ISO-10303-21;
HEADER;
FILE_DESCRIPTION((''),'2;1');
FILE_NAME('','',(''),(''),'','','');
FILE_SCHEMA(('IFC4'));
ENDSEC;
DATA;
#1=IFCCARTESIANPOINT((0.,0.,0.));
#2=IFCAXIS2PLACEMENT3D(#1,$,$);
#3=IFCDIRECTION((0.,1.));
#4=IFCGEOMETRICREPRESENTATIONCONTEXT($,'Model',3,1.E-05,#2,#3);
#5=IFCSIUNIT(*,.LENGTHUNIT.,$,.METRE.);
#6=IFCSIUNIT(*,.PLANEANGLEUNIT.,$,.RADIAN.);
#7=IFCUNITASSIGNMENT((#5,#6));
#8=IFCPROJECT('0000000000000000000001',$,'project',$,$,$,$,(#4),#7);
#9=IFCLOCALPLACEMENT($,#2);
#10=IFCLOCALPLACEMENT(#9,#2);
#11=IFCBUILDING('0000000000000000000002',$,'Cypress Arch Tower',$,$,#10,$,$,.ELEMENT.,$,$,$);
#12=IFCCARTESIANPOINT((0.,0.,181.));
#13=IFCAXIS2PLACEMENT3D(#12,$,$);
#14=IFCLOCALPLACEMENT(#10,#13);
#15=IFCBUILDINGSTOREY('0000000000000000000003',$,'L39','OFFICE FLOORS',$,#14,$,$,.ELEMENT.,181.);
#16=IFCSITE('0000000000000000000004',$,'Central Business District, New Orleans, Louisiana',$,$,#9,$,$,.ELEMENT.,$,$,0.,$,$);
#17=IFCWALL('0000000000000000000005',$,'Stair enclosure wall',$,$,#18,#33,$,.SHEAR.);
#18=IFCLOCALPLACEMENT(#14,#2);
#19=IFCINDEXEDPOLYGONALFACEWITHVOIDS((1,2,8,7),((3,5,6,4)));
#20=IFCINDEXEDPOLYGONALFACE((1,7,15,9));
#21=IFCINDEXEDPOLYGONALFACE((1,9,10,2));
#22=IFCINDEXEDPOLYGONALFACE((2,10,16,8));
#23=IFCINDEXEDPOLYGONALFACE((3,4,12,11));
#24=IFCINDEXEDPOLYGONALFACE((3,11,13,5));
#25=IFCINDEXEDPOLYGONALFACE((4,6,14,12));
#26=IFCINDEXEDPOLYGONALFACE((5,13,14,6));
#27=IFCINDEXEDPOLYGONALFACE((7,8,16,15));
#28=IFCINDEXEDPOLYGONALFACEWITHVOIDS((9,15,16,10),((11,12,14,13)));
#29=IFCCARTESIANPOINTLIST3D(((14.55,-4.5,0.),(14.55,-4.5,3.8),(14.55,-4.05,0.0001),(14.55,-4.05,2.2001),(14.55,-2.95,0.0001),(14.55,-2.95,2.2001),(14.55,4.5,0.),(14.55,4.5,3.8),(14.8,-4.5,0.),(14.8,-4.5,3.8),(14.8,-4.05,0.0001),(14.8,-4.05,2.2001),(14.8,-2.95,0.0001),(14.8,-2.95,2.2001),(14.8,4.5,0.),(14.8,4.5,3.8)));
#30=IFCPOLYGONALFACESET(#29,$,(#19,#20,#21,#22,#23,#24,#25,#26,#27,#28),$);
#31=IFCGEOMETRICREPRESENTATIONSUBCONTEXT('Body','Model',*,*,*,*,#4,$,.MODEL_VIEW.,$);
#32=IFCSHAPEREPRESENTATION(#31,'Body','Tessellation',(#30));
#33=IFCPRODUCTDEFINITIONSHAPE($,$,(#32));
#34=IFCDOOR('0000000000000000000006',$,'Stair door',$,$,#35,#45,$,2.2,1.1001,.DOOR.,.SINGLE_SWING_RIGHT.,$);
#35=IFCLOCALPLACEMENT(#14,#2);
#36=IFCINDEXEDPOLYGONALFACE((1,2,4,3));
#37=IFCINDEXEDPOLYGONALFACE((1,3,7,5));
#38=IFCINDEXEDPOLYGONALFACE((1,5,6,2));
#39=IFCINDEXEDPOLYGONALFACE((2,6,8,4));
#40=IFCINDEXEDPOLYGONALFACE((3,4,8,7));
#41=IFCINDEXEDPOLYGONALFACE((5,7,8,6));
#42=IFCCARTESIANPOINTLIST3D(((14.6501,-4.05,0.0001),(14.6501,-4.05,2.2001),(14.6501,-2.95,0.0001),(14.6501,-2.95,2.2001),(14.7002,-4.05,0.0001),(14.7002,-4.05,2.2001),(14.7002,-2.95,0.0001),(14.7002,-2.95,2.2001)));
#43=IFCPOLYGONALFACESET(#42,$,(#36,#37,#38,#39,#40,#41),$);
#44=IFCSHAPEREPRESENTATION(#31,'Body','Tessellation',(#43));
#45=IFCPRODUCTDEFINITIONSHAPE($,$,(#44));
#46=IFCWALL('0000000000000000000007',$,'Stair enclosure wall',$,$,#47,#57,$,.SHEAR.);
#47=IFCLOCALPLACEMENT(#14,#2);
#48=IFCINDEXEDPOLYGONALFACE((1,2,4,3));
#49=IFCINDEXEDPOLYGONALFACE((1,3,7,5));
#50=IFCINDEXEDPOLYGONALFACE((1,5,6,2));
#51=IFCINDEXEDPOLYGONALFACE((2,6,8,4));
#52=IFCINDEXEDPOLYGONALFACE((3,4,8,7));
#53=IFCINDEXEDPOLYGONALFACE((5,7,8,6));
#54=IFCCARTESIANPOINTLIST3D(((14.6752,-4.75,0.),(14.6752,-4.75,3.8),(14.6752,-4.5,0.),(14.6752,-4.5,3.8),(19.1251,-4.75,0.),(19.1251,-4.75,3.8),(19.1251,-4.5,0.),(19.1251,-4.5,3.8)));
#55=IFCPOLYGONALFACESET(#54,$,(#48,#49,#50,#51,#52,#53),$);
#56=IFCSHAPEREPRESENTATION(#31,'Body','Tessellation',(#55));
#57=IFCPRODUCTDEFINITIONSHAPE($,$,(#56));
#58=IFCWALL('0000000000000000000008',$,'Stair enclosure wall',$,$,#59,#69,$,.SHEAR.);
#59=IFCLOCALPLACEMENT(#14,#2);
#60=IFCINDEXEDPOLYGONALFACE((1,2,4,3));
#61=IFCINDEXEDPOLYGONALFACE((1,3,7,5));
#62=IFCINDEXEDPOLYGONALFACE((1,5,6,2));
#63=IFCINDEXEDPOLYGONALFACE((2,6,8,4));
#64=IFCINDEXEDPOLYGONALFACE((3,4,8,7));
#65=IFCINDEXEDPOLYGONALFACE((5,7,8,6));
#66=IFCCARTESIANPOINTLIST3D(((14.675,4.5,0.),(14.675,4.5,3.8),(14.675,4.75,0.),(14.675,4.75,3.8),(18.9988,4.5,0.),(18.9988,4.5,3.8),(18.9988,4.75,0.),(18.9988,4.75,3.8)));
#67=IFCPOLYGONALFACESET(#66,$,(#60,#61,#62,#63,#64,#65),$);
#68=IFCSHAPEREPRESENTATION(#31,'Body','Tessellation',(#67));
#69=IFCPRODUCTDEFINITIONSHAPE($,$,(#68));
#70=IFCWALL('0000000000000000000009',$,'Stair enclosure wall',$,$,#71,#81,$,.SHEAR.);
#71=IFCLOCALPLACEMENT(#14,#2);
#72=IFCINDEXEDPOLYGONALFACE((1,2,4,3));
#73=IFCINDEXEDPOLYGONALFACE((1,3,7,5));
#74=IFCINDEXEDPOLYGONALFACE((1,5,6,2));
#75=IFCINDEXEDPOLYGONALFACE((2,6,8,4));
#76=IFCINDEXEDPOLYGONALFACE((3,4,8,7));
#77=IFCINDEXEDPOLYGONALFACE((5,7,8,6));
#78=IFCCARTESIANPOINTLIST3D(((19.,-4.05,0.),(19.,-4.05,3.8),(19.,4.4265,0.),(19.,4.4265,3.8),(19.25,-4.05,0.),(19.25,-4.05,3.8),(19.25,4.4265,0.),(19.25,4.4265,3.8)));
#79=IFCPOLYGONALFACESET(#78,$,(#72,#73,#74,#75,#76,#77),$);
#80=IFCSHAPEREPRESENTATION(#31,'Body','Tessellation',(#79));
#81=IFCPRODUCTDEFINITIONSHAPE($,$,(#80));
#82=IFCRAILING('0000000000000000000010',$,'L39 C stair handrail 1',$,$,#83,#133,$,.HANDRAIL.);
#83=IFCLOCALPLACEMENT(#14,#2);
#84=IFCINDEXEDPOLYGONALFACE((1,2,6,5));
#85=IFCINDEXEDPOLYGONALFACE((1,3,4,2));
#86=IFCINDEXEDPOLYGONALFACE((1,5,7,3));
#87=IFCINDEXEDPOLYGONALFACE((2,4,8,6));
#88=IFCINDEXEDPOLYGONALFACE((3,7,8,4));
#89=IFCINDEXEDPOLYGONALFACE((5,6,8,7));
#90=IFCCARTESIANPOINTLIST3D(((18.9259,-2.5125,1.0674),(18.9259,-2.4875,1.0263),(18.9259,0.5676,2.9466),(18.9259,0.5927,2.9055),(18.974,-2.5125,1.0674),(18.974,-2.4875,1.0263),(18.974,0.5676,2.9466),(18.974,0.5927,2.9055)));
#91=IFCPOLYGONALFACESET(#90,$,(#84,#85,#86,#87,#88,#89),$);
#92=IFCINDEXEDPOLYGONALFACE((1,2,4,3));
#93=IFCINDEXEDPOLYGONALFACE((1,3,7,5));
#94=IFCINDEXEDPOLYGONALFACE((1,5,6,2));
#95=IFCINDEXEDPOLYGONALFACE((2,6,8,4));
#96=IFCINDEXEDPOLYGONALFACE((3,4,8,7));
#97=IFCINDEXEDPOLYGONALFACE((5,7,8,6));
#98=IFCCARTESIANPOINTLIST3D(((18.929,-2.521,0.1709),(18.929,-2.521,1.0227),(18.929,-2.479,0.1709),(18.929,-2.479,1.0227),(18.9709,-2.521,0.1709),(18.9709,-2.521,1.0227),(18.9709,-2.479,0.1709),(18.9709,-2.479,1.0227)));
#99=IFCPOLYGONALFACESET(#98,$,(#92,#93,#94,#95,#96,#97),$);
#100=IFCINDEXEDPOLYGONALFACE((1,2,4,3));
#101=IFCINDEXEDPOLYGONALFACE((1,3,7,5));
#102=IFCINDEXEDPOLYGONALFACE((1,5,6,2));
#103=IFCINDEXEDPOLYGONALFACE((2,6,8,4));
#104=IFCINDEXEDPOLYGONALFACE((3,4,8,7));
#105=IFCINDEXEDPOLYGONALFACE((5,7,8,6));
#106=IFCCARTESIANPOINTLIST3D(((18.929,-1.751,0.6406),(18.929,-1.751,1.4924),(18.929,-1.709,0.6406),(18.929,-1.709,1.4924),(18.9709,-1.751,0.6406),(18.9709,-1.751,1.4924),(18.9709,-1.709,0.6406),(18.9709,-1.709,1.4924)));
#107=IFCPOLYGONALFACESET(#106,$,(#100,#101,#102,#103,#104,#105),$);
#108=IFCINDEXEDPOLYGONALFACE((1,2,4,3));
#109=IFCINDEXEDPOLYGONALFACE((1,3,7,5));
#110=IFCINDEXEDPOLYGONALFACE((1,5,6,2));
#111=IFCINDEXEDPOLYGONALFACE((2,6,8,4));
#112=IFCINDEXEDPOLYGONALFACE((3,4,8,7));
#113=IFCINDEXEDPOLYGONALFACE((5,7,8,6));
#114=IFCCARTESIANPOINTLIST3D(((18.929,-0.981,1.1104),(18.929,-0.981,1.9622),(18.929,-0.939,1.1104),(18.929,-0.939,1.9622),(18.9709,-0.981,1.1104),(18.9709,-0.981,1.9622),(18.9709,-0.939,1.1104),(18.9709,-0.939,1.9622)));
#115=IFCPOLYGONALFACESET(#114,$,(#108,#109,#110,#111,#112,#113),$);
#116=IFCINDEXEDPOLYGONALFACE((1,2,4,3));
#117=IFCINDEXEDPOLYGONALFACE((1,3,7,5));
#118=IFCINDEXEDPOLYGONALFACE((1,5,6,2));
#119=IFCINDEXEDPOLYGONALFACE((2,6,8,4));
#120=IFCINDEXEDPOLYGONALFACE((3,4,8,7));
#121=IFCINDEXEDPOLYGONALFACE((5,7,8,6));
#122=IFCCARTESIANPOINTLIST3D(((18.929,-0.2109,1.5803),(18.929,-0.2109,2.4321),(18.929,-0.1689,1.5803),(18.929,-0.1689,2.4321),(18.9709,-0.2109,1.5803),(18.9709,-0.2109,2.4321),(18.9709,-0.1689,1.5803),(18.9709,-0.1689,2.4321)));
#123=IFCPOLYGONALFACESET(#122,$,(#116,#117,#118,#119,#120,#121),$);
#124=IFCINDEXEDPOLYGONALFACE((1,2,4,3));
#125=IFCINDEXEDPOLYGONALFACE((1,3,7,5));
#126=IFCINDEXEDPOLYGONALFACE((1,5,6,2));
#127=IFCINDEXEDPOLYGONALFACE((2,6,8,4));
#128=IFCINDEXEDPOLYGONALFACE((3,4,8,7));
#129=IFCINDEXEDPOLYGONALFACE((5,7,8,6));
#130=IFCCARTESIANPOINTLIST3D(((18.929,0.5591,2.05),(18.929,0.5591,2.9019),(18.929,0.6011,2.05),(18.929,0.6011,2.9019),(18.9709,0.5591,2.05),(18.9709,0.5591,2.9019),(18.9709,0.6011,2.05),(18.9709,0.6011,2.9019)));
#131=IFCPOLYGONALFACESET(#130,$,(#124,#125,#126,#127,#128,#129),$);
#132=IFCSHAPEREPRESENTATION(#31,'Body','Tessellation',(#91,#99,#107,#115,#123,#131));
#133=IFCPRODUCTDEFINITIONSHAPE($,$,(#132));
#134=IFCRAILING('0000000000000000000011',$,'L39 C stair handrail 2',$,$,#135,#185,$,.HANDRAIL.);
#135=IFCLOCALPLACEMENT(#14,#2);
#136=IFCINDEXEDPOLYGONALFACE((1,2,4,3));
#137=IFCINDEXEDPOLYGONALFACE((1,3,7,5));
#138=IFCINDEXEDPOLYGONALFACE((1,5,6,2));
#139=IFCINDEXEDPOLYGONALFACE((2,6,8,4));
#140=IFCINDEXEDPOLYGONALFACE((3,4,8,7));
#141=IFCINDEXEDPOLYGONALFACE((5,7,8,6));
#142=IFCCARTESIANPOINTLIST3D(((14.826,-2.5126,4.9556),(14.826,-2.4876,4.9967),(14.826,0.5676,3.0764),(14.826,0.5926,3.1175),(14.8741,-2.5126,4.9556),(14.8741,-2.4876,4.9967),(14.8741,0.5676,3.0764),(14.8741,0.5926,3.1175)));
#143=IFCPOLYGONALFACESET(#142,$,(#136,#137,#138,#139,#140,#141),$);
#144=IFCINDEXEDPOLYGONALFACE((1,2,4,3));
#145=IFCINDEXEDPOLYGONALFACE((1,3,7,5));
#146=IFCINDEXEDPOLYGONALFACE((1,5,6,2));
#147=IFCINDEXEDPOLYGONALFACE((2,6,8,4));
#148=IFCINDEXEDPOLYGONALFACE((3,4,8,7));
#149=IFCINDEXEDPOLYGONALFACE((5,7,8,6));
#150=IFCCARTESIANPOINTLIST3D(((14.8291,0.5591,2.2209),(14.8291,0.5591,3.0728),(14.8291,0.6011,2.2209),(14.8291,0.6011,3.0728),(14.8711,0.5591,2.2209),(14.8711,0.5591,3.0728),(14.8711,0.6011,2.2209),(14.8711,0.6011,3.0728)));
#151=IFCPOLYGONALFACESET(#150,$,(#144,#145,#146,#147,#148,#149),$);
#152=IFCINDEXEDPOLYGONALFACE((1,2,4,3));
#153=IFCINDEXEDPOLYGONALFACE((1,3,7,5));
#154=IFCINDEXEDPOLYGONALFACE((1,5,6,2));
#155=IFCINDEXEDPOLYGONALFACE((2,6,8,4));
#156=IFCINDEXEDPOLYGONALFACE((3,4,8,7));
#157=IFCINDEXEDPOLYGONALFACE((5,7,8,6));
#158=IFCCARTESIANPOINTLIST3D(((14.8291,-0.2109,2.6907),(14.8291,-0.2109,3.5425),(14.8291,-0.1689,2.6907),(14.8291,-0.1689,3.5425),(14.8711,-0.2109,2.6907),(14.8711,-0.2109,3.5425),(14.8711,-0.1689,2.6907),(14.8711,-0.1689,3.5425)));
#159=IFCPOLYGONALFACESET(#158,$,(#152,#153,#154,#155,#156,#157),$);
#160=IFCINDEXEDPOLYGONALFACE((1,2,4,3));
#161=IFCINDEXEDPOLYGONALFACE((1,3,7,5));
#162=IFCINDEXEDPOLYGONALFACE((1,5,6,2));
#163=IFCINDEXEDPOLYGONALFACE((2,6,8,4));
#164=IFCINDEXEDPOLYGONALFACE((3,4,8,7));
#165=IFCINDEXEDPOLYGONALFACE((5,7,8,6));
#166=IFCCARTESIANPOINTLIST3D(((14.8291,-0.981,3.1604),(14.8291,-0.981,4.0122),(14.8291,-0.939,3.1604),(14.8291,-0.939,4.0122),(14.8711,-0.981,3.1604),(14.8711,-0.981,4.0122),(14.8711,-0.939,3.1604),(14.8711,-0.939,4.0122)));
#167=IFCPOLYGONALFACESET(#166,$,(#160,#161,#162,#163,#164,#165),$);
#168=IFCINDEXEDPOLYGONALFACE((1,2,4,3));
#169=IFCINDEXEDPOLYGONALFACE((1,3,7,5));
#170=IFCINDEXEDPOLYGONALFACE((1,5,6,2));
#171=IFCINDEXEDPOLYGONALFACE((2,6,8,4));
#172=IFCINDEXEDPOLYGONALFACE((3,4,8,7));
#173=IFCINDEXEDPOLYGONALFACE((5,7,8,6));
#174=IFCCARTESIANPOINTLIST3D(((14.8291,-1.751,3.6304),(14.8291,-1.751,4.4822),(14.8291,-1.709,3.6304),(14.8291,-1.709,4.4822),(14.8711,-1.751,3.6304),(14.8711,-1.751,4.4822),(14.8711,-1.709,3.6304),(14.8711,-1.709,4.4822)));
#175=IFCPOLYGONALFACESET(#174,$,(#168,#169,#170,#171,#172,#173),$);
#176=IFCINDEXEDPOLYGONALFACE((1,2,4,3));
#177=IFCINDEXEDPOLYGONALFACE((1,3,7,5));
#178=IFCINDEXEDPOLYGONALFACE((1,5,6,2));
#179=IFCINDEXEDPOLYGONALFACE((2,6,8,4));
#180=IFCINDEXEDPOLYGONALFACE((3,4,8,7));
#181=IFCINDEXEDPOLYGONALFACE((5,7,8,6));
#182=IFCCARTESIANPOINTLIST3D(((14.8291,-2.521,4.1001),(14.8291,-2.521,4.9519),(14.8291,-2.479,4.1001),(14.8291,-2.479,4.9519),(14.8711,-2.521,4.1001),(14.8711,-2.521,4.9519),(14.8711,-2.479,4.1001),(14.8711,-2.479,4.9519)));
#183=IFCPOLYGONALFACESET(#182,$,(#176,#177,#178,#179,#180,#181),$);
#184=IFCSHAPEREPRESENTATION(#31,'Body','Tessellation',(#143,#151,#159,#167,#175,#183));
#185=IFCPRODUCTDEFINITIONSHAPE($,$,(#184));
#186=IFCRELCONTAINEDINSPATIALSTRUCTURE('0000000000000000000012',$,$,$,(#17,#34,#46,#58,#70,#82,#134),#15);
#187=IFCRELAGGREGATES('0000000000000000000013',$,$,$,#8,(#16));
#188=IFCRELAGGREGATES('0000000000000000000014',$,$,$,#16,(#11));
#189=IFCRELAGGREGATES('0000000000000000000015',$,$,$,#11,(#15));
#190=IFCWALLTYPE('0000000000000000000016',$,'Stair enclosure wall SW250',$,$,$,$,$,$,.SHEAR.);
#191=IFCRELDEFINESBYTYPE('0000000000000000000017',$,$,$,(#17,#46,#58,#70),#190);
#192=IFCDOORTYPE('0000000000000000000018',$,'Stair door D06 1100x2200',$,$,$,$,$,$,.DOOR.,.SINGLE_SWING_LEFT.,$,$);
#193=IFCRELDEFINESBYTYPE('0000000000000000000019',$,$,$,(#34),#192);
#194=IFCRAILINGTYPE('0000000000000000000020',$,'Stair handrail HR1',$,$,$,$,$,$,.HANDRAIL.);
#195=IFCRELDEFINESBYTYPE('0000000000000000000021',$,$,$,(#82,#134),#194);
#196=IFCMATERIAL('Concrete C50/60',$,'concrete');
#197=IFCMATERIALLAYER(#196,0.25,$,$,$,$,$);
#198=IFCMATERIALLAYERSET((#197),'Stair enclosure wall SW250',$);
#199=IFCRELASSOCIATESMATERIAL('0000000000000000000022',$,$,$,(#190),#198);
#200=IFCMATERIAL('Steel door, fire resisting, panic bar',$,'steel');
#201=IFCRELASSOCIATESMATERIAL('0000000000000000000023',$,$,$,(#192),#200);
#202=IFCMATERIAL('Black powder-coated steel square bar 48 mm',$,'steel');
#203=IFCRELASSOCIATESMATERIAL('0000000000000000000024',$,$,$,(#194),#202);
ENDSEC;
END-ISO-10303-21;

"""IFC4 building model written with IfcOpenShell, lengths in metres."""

from ifc_helpers import new_model, si_unit, direction, frame, frame_2d, origin, origin_2d, place, context, subcontext, project, spatial, rectangle, extrude, material, layer, layer_set, type_object, element, fill, save


model = new_model("IFC4")

# Units and contexts
model_context = context("Model", 3, precision=1e-05, world=origin(), true_north=direction((0.0, 1.0)))
body_context = subcontext(model_context, "Body", "Model", "MODEL_VIEW")
ifc_project = project(units=[si_unit("LENGTHUNIT", "METRE"), si_unit("PLANEANGLEUNIT", "RADIAN")], contexts=[model_context])

# Site, building, storey
site_placement = place(None, origin())
site = spatial("IfcSite", under=ifc_project, at=site_placement, Name="Central Business District, New Orleans, Louisiana", CompositionType="ELEMENT", RefElevation=0.0)
building_placement = place(site_placement, origin())
building = spatial("IfcBuilding", under=site, at=building_placement, Name="Cypress Arch Tower", CompositionType="ELEMENT")
storey_placement = place(building_placement, frame((0.0, 0.0, 181.0)))
storey = spatial("IfcBuildingStorey", under=building, at=storey_placement, Name="L39", Description="OFFICE FLOORS", CompositionType="ELEMENT", Elevation=181.0)

# Wall, opening, door
ifc_material_1 = material(Name="Concrete C50/60", Category="concrete")
ifc_layer_1 = layer(ifc_material_1, 0.25)
ifc_layer_set_1 = layer_set([ifc_layer_1], Name="Stair enclosure wall SW250")
wall_type_1 = type_object("IfcWallType", Name="Stair enclosure wall SW250", PredefinedType="SHEAR", material=ifc_layer_set_1)
wall_1_placement = place(storey_placement, frame((14.675, -4.5, 0.0), z_axis=(0.0, 0.0, 1.0), x_axis=(0.0, 1.0, 0.0)))
wall_1 = element("IfcWall", 1, at=wall_1_placement, inside=storey, type_object=wall_type_1, Name="Stair enclosure wall", PredefinedType="SHEAR", context=body_context, shape_type="SweptSolid", body=[
    extrude(rectangle(XDim=9.0, YDim=0.25, at=frame_2d((4.5, 0.0))), origin(), (0.0, 0.0, 1.0), 3.8),
])
opening_1_placement = place(wall_1_placement, frame((0.45, 0.0, 0.0)))
opening_1 = element("IfcOpeningElement", 2, at=opening_1_placement, cuts=wall_1, PredefinedType="OPENING", context=body_context, shape_type="SweptSolid", body=[
    extrude(rectangle(XDim=1.1001, YDim=2.2, at=frame_2d((0.55, 1.1001))), frame((0.0, 0.135, 0.0), z_axis=(0.0, -1.0, 0.0), x_axis=(1.0, 0.0, 0.0)), (0.0, 0.0, 1.0), 0.27),
])
ifc_material_2 = material(Name="Steel door, fire resisting, panic bar", Category="steel")
door_type = type_object("IfcDoorType", Name="Stair door D06 1100x2200", OperationType="SINGLE_SWING_LEFT", PredefinedType="DOOR", material=ifc_material_2)
door_placement = place(opening_1_placement, origin())
door = element("IfcDoor", 3, at=door_placement, inside=storey, type_object=door_type, Name="Stair door", OperationType="SINGLE_SWING_RIGHT", OverallHeight=2.2, OverallWidth=1.1001, PredefinedType="DOOR", context=body_context, shape_type="SweptSolid", body=[
    extrude(rectangle(XDim=1.1001, YDim=2.2, at=frame_2d((0.55, 1.1001))), frame((0.0, 0.0249, 0.0), z_axis=(0.0, -1.0, 0.0), x_axis=(1.0, 0.0, 0.0)), (0.0, 0.0, 1.0), 0.05),
])
fill(opening_1, door)

# Walls
wall_2_placement = place(storey_placement, frame((14.675, -4.625, 0.0), z_axis=(0.0, 0.0, 1.0), x_axis=(1.0, 0.0, 0.0)))
element("IfcWall", 4, at=wall_2_placement, inside=storey, type_object=wall_type_1, Name="Stair enclosure wall", PredefinedType="SHEAR", context=body_context, shape_type="SweptSolid", body=[
    extrude(rectangle(XDim=4.45, YDim=0.25, at=frame_2d((2.2251, 0.0))), origin(), (0.0, 0.0, 1.0), 3.8),
])
wall_3_placement = place(storey_placement, frame((14.675, 4.625, 0.0), z_axis=(0.0, 0.0, 1.0), x_axis=(1.0, 0.0, 0.0)))
element("IfcWall", 5, at=wall_3_placement, inside=storey, type_object=wall_type_1, Name="Stair enclosure wall", PredefinedType="SHEAR", context=body_context, shape_type="SweptSolid", body=[
    extrude(rectangle(XDim=4.3237, YDim=0.25, at=frame_2d((2.1619, 0.0))), origin(), (0.0, 0.0, 1.0), 3.8),
])
wall_4_placement = place(storey_placement, frame((19.125, -4.05, 0.0), z_axis=(0.0, 0.0, 1.0), x_axis=(0.0, 1.0, 0.0)))
element("IfcWall", 6, at=wall_4_placement, inside=storey, type_object=wall_type_1, Name="Stair enclosure wall", PredefinedType="SHEAR", context=body_context, shape_type="SweptSolid", body=[
    extrude(rectangle(XDim=8.4766, YDim=0.25, at=frame_2d((4.2383, 0.0))), origin(), (0.0, 0.0, 1.0), 3.8),
])

# Railings
ifc_material_3 = material(Name="Black powder-coated steel square bar 48 mm", Category="steel")
railing_type_1 = type_object("IfcRailingType", Name="Stair handrail HR1", PredefinedType="HANDRAIL", material=ifc_material_3)
railing_1_placement = place(storey_placement, frame((18.95, -2.5, 0.1709)))
element("IfcRailing", 7, at=railing_1_placement, inside=storey, type_object=railing_type_1, Name="L39 C stair handrail 1", PredefinedType="HANDRAIL", context=body_context, shape_type="SweptSolid", body=[
    extrude(rectangle(XDim=0.0481, YDim=0.0481, at=origin_2d()), frame((0.0, 0.0, 0.876), z_axis=(0.0, 0.853666, 0.52082), x_axis=(-1.0, 0.0, 0.0)), (0.0, 0.0, 1.0), 3.6082),
    extrude(rectangle(XDim=0.042, YDim=0.042, at=origin_2d()), origin(), (0.0, 0.0, 1.0), 0.8518),
    extrude(rectangle(XDim=0.042, YDim=0.042, at=origin_2d()), frame((0.0, 0.77, 0.4697)), (0.0, 0.0, 1.0), 0.8518),
    extrude(rectangle(XDim=0.042, YDim=0.042, at=origin_2d()), frame((0.0, 1.54, 0.9395)), (0.0, 0.0, 1.0), 0.8518),
    extrude(rectangle(XDim=0.042, YDim=0.042, at=origin_2d()), frame((0.0, 2.3101, 1.4094)), (0.0, 0.0, 1.0), 0.8518),
    extrude(rectangle(XDim=0.042, YDim=0.042, at=origin_2d()), frame((0.0, 3.0801, 1.8792)), (0.0, 0.0, 1.0), 0.8518),
])
railing_2_placement = place(storey_placement, frame((14.8501, 0.5801, 2.2209)))
element("IfcRailing", 8, at=railing_2_placement, inside=storey, type_object=railing_type_1, Name="L39 C stair handrail 2", PredefinedType="HANDRAIL", context=body_context, shape_type="SweptSolid", body=[
    extrude(rectangle(XDim=0.0481, YDim=0.0481, at=origin_2d()), frame((0.0, 0.0, 0.876), z_axis=(0.0, -0.853666, 0.52082), x_axis=(1.0, 0.0, 0.0)), (0.0, 0.0, 1.0), 3.6082),
    extrude(rectangle(XDim=0.042, YDim=0.042, at=origin_2d()), origin(), (0.0, 0.0, 1.0), 0.8518),
    extrude(rectangle(XDim=0.042, YDim=0.042, at=origin_2d()), frame((0.0, -0.77, 0.4697)), (0.0, 0.0, 1.0), 0.8518),
    extrude(rectangle(XDim=0.042, YDim=0.042, at=origin_2d()), frame((0.0, -1.54, 0.9395)), (0.0, 0.0, 1.0), 0.8518),
    extrude(rectangle(XDim=0.042, YDim=0.042, at=origin_2d()), frame((0.0, -2.3101, 1.4094)), (0.0, 0.0, 1.0), 0.8518),
    extrude(rectangle(XDim=0.042, YDim=0.042, at=origin_2d()), frame((0.0, -3.0801, 1.8792)), (0.0, 0.0, 1.0), 0.8518),
])

save(model, "model.ifc")
